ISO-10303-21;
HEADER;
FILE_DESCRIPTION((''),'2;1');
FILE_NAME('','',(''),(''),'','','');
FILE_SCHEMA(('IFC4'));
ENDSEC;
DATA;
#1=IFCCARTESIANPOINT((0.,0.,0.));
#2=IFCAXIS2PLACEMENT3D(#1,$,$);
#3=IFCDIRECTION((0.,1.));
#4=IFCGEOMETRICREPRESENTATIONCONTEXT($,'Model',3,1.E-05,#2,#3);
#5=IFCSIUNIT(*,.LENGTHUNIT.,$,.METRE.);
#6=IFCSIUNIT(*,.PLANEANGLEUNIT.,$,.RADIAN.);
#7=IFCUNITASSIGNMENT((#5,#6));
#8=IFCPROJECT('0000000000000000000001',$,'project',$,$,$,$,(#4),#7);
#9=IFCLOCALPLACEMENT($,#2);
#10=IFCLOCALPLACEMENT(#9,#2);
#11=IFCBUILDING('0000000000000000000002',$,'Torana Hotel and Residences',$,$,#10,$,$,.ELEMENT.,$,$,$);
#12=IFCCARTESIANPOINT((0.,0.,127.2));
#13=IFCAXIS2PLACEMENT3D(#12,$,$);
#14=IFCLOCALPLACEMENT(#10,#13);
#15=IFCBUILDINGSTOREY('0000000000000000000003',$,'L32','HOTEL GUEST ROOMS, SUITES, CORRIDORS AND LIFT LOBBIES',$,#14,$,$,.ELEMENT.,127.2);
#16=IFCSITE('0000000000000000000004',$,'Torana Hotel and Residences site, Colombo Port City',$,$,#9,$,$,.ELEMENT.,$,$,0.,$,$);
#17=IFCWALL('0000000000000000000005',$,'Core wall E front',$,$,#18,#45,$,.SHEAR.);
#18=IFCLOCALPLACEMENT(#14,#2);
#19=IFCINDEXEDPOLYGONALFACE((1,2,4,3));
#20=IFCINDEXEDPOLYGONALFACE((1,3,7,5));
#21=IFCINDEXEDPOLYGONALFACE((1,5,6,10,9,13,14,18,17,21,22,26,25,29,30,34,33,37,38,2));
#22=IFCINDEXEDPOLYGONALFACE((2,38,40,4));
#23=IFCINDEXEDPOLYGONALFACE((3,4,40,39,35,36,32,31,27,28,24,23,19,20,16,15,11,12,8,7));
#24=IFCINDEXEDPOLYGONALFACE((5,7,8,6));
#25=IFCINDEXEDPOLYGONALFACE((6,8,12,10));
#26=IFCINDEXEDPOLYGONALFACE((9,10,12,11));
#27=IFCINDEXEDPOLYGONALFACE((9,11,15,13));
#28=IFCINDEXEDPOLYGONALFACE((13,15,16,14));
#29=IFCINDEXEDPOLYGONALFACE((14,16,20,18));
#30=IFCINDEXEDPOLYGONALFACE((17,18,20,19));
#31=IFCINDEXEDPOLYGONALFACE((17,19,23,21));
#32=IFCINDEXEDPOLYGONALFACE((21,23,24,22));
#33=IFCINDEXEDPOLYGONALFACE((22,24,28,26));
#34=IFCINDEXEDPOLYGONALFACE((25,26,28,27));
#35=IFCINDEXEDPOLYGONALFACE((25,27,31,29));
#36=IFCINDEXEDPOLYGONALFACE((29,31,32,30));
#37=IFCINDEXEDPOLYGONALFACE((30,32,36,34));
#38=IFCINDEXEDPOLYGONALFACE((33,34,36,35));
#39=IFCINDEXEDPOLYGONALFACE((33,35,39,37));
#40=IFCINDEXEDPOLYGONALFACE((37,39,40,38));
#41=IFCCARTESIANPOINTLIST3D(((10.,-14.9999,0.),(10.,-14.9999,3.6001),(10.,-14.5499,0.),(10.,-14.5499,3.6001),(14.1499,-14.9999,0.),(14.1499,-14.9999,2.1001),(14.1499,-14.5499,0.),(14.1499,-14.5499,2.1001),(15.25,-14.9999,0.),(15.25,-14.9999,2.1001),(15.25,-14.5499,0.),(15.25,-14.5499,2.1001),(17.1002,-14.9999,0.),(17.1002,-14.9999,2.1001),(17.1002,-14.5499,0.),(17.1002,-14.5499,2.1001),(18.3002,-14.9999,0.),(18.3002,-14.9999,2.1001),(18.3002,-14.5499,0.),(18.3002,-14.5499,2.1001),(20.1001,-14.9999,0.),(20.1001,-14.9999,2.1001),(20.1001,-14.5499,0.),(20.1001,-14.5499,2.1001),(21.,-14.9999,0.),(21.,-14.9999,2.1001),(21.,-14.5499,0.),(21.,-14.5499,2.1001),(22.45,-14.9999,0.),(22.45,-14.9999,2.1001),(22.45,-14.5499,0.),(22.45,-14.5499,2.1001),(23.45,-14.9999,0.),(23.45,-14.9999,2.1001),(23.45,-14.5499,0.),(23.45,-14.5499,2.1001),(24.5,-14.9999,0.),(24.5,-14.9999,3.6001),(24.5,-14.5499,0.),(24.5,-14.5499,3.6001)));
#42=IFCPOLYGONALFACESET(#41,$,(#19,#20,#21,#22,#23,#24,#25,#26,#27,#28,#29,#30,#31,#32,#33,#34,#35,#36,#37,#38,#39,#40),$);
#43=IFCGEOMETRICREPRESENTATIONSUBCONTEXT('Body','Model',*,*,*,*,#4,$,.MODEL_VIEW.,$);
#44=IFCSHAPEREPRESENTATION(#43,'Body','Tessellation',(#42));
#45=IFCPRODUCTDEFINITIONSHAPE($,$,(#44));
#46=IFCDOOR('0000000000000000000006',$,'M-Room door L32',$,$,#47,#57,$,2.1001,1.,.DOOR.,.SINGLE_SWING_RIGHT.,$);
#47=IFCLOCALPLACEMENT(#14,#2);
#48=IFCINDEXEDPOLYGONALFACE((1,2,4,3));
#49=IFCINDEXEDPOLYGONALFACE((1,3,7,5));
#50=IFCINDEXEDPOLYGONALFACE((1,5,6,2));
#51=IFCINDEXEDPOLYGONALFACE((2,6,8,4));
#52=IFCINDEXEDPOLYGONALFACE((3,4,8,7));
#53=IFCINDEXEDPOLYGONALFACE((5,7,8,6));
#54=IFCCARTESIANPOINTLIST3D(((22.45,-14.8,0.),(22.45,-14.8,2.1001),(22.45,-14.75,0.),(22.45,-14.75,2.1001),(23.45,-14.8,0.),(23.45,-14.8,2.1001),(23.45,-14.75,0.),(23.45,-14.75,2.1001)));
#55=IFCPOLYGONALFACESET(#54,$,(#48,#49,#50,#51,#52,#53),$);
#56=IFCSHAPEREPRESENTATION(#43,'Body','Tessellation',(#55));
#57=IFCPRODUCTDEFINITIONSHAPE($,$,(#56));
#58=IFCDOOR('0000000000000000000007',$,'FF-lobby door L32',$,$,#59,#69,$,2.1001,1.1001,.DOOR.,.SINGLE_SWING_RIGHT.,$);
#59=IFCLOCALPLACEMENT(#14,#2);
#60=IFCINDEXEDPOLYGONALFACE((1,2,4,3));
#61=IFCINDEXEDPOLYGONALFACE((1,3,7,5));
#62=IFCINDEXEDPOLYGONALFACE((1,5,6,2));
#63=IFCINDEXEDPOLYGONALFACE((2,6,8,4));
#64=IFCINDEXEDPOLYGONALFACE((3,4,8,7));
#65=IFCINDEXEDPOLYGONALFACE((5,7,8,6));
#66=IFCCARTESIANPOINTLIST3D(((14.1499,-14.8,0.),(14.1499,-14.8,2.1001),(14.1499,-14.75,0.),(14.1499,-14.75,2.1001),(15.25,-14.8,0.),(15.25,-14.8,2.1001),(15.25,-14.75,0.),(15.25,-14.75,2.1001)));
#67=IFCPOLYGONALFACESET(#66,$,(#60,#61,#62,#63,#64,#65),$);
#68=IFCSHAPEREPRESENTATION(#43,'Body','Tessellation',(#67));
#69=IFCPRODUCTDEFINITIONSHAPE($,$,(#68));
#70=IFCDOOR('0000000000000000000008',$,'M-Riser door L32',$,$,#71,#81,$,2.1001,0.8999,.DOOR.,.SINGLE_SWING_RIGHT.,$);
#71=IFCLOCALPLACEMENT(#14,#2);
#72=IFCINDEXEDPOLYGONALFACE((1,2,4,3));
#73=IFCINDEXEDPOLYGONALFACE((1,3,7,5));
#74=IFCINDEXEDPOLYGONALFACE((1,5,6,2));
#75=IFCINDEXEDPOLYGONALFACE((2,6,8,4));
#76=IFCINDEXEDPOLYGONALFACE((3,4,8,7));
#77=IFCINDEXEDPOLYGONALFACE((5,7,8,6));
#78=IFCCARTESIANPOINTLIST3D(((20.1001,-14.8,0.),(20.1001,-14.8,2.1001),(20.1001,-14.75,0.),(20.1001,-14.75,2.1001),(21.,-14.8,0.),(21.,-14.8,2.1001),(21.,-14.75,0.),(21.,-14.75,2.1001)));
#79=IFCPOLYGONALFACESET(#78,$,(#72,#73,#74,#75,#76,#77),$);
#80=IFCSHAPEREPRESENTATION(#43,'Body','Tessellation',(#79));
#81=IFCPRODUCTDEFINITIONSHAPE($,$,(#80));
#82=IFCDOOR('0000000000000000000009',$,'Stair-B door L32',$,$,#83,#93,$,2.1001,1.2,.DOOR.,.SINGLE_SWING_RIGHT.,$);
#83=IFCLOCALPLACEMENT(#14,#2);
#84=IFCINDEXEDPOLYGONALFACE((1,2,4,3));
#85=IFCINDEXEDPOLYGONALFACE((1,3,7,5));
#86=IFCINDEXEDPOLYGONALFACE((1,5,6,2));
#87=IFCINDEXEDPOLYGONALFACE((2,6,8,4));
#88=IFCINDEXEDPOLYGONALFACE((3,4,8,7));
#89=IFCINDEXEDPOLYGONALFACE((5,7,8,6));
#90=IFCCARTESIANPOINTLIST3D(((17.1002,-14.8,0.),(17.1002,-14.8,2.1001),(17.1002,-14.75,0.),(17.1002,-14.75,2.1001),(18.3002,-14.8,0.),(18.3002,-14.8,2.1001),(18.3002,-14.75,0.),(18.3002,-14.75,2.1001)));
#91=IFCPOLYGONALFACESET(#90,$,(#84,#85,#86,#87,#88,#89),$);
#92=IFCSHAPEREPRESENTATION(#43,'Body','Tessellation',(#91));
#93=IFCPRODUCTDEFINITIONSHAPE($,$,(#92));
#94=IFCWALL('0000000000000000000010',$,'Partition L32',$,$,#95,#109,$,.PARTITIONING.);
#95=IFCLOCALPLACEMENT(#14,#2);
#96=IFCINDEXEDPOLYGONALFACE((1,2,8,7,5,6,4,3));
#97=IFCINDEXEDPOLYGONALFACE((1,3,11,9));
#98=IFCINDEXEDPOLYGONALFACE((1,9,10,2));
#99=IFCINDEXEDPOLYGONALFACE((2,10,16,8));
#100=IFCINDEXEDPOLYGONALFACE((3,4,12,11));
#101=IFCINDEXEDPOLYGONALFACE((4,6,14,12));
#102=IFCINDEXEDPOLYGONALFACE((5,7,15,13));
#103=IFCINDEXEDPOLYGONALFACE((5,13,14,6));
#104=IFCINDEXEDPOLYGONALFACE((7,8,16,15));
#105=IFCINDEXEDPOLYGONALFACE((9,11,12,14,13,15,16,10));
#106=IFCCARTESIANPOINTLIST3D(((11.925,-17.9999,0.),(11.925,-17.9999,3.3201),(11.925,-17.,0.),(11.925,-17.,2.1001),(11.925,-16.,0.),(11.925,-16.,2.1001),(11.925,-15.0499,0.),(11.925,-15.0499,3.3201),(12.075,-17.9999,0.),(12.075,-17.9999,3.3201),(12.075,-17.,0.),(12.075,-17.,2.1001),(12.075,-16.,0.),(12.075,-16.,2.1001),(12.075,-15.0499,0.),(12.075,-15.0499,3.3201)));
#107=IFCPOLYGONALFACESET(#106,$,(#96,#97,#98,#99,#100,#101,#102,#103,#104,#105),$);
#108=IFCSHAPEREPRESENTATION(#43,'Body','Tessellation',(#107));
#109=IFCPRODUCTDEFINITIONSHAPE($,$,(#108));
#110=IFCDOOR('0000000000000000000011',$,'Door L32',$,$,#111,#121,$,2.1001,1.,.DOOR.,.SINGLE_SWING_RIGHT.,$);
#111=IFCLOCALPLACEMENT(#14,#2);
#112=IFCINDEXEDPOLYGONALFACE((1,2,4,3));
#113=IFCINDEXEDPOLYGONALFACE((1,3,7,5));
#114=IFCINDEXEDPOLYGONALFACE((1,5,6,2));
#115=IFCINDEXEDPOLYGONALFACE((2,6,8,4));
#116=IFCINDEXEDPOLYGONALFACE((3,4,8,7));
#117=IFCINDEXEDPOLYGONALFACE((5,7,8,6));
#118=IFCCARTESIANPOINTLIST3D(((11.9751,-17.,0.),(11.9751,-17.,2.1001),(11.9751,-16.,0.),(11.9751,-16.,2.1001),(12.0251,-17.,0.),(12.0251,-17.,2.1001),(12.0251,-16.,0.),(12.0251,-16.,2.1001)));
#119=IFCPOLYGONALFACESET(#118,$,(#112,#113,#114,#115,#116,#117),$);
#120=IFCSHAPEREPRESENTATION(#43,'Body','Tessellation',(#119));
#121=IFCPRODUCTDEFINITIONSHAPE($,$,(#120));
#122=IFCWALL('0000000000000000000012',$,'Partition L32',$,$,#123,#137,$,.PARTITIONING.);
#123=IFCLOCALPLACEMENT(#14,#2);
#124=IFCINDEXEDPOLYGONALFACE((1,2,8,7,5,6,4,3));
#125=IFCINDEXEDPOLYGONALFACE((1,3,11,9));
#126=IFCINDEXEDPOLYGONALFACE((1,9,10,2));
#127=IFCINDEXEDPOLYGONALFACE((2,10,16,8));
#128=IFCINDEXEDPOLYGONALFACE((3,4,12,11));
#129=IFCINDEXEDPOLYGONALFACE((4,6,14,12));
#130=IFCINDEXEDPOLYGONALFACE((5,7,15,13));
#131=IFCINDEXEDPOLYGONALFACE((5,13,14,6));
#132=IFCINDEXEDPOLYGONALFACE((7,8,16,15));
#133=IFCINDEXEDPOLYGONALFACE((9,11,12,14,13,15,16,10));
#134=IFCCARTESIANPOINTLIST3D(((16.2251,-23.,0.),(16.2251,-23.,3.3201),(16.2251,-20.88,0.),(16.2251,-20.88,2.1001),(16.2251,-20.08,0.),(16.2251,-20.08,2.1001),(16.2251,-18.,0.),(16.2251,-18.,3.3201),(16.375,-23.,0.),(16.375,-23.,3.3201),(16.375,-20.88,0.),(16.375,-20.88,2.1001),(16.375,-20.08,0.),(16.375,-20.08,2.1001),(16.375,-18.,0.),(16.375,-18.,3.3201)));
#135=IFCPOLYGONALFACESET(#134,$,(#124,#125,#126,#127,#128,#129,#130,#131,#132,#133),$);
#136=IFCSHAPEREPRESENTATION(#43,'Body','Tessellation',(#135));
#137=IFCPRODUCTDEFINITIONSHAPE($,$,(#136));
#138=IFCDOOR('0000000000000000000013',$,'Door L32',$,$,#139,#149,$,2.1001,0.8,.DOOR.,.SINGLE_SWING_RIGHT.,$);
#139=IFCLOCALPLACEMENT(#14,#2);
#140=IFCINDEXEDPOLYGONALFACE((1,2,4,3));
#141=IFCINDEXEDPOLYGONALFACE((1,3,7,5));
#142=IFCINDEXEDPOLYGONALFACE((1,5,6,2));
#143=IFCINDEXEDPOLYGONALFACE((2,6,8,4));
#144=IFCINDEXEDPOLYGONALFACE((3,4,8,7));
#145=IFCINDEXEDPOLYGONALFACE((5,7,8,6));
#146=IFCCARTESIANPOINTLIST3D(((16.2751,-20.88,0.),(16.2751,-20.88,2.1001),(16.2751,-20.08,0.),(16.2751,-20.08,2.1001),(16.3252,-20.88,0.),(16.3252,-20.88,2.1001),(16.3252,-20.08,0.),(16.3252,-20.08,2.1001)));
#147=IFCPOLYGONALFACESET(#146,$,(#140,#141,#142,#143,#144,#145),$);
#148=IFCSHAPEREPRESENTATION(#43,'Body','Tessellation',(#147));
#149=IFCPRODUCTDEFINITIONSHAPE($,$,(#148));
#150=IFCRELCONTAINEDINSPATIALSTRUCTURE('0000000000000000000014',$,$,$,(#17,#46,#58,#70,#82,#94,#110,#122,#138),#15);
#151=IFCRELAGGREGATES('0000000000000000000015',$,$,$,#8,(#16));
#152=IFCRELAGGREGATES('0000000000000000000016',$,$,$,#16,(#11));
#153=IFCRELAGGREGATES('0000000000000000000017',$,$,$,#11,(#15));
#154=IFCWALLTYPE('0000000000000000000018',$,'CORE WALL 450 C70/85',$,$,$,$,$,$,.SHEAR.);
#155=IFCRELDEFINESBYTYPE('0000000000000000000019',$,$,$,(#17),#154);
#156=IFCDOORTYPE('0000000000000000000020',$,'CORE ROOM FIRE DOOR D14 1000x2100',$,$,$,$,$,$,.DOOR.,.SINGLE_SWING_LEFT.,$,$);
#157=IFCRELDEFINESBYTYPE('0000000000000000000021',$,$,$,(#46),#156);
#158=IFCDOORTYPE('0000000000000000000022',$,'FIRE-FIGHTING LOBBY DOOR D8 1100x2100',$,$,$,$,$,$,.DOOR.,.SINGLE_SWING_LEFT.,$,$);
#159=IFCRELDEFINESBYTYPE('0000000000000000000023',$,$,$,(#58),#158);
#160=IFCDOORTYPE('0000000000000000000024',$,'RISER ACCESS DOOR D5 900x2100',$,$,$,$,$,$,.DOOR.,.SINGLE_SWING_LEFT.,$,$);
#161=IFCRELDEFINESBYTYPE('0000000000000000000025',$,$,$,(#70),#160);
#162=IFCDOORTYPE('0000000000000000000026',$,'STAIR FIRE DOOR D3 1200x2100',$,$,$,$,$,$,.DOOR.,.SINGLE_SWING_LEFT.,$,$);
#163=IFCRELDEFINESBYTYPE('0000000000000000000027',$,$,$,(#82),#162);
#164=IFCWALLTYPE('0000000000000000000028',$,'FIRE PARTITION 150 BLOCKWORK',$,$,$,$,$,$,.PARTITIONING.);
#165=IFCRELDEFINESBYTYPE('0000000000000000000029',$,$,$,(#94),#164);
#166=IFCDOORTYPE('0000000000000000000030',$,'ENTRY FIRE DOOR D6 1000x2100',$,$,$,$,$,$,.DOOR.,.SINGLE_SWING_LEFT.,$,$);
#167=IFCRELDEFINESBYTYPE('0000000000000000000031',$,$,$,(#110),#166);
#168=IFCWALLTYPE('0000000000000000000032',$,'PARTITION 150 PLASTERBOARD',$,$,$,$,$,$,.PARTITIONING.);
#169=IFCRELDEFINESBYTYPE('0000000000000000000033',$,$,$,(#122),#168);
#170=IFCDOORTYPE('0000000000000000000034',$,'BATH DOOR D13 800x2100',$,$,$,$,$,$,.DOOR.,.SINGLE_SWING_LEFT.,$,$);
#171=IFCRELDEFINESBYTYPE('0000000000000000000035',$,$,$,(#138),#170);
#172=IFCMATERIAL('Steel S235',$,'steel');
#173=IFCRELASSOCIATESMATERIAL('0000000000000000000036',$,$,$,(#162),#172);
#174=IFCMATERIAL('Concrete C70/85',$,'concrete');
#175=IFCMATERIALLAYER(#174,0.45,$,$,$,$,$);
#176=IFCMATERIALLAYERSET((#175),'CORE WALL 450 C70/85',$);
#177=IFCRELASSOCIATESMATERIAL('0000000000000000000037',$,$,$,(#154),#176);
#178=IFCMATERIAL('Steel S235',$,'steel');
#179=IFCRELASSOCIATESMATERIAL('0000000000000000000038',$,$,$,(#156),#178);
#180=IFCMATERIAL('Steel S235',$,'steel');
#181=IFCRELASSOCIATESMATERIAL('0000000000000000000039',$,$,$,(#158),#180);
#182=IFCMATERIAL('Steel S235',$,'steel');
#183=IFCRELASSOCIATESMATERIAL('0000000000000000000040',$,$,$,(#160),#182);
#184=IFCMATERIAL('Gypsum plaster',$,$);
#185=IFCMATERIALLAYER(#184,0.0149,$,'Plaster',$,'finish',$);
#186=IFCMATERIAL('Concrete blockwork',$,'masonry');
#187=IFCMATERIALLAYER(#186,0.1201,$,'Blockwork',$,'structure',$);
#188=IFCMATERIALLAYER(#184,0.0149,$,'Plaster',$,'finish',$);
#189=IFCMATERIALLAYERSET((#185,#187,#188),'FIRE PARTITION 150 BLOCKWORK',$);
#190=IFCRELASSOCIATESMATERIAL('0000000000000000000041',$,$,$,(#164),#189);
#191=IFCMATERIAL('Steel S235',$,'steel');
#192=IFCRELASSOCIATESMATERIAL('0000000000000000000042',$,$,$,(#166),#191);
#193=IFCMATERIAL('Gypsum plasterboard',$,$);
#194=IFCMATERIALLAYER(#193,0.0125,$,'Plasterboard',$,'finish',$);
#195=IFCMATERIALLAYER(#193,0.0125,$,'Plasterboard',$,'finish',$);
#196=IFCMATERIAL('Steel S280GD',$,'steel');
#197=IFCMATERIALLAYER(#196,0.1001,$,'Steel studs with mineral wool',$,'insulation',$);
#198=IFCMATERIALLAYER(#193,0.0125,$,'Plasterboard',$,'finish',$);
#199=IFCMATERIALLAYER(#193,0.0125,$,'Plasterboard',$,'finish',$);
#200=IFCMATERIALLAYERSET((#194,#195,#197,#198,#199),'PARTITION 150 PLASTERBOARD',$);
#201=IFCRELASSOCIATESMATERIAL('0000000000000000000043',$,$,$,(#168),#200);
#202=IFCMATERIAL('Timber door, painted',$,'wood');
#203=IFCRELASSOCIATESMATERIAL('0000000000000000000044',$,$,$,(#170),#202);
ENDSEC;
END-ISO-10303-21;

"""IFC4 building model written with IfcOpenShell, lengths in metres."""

from ifc_helpers import new_model, si_unit, direction, frame, frame_2d, origin, place, context, subcontext, project, spatial, rectangle, extrude, material, layer, layer_set, type_object, element, fill, save


model = new_model("IFC4")

# Units and contexts
model_context = context("Model", 3, precision=1e-05, world=origin(), true_north=direction((0.0, 1.0)))
body_context = subcontext(model_context, "Body", "Model", "MODEL_VIEW")
ifc_project = project(units=[si_unit("LENGTHUNIT", "METRE"), si_unit("PLANEANGLEUNIT", "RADIAN")], contexts=[model_context])

# Site, building, storey
site_placement = place(None, origin())
site = spatial("IfcSite", under=ifc_project, at=site_placement, Name="Torana Hotel and Residences site, Colombo Port City", CompositionType="ELEMENT", RefElevation=0.0)
building_placement = place(site_placement, origin())
building = spatial("IfcBuilding", under=site, at=building_placement, Name="Torana Hotel and Residences", CompositionType="ELEMENT")
storey_placement = place(building_placement, frame((0.0, 0.0, 127.2)))
storey = spatial("IfcBuildingStorey", under=building, at=storey_placement, Name="L32", Description="HOTEL GUEST ROOMS, SUITES, CORRIDORS AND LIFT LOBBIES", CompositionType="ELEMENT", Elevation=127.2)

# Shared definitions
ifc_material_1 = material(Name="Steel S235", Category="steel")
door_type_1 = type_object("IfcDoorType", Name="STAIR FIRE DOOR D3 1200x2100", OperationType="SINGLE_SWING_LEFT", PredefinedType="DOOR", material=ifc_material_1)

# Wall, openings, doors
ifc_material_2 = material(Name="Concrete C70/85", Category="concrete")
ifc_layer_1 = layer(ifc_material_2, 0.45)
ifc_layer_set_1 = layer_set([ifc_layer_1], Name="CORE WALL 450 C70/85")
wall_type_1 = type_object("IfcWallType", Name="CORE WALL 450 C70/85", PredefinedType="SHEAR", material=ifc_layer_set_1)
wall_1_placement = place(storey_placement, frame((10.0, -14.7749, 0.0), z_axis=(0.0, 0.0, 1.0), x_axis=(1.0, 0.0, 0.0)))
wall_1 = element("IfcWall", 1, at=wall_1_placement, inside=storey, type_object=wall_type_1, Name="Core wall E front", PredefinedType="SHEAR", context=body_context, shape_type="SweptSolid", body=[
    extrude(rectangle(XDim=14.5, YDim=0.45, at=frame_2d((7.25, 0.0))), origin(), (0.0, 0.0, 1.0), 3.6001),
])
opening_1_placement = place(wall_1_placement, frame((7.1001, 0.0, 0.0)))
opening_1 = element("IfcOpeningElement", 2, at=opening_1_placement, cuts=wall_1, PredefinedType="OPENING", context=body_context, shape_type="SweptSolid", body=[
    extrude(rectangle(XDim=1.2, YDim=2.1001, at=frame_2d((0.6001, 1.05))), frame((0.0, 0.2349, 0.0), z_axis=(0.0, -1.0, 0.0), x_axis=(1.0, 0.0, 0.0)), (0.0, 0.0, 1.0), 0.47),
])
opening_2_placement = place(wall_1_placement, frame((4.1499, 0.0, 0.0)))
opening_2 = element("IfcOpeningElement", 3, at=opening_2_placement, cuts=wall_1, PredefinedType="OPENING", context=body_context, shape_type="SweptSolid", body=[
    extrude(rectangle(XDim=1.1001, YDim=2.1001, at=frame_2d((0.55, 1.05))), frame((0.0, 0.2349, 0.0), z_axis=(0.0, -1.0, 0.0), x_axis=(1.0, 0.0, 0.0)), (0.0, 0.0, 1.0), 0.47),
])
opening_3_placement = place(wall_1_placement, frame((10.1001, 0.0, 0.0)))
opening_3 = element("IfcOpeningElement", 4, at=opening_3_placement, cuts=wall_1, PredefinedType="OPENING", context=body_context, shape_type="SweptSolid", body=[
    extrude(rectangle(XDim=0.8999, YDim=2.1001, at=frame_2d((0.45, 1.05))), frame((0.0, 0.2349, 0.0), z_axis=(0.0, -1.0, 0.0), x_axis=(1.0, 0.0, 0.0)), (0.0, 0.0, 1.0), 0.47),
])
opening_4_placement = place(wall_1_placement, frame((12.45, 0.0, 0.0)))
opening_4 = element("IfcOpeningElement", 5, at=opening_4_placement, cuts=wall_1, PredefinedType="OPENING", context=body_context, shape_type="SweptSolid", body=[
    extrude(rectangle(XDim=1.0, YDim=2.1001, at=frame_2d((0.5, 1.05))), frame((0.0, 0.2349, 0.0), z_axis=(0.0, -1.0, 0.0), x_axis=(1.0, 0.0, 0.0)), (0.0, 0.0, 1.0), 0.47),
])
ifc_material_3 = material(Name="Steel S235", Category="steel")
door_type_2 = type_object("IfcDoorType", Name="CORE ROOM FIRE DOOR D14 1000x2100", OperationType="SINGLE_SWING_LEFT", PredefinedType="DOOR", material=ifc_material_3)
door_1_placement = place(opening_4_placement, origin())
door_1 = element("IfcDoor", 6, at=door_1_placement, inside=storey, type_object=door_type_2, Name="M-Room door L32", OperationType="SINGLE_SWING_RIGHT", OverallHeight=2.1001, OverallWidth=1.0, PredefinedType="DOOR", context=body_context, shape_type="SweptSolid", body=[
    extrude(rectangle(XDim=1.0, YDim=2.1001, at=frame_2d((0.5, 1.05))), frame((0.0, 0.0249, 0.0), z_axis=(0.0, -1.0, 0.0), x_axis=(1.0, 0.0, 0.0)), (0.0, 0.0, 1.0), 0.05),
])
fill(opening_4, door_1)
ifc_material_4 = material(Name="Steel S235", Category="steel")
door_type_3 = type_object("IfcDoorType", Name="FIRE-FIGHTING LOBBY DOOR D8 1100x2100", OperationType="SINGLE_SWING_LEFT", PredefinedType="DOOR", material=ifc_material_4)
door_2_placement = place(opening_2_placement, origin())
door_2 = element("IfcDoor", 7, at=door_2_placement, inside=storey, type_object=door_type_3, Name="FF-lobby door L32", OperationType="SINGLE_SWING_RIGHT", OverallHeight=2.1001, OverallWidth=1.1001, PredefinedType="DOOR", context=body_context, shape_type="SweptSolid", body=[
    extrude(rectangle(XDim=1.1001, YDim=2.1001, at=frame_2d((0.55, 1.05))), frame((0.0, 0.0249, 0.0), z_axis=(0.0, -1.0, 0.0), x_axis=(1.0, 0.0, 0.0)), (0.0, 0.0, 1.0), 0.05),
])
fill(opening_2, door_2)
ifc_material_5 = material(Name="Steel S235", Category="steel")
door_type_4 = type_object("IfcDoorType", Name="RISER ACCESS DOOR D5 900x2100", OperationType="SINGLE_SWING_LEFT", PredefinedType="DOOR", material=ifc_material_5)
door_3_placement = place(opening_3_placement, origin())
door_3 = element("IfcDoor", 8, at=door_3_placement, inside=storey, type_object=door_type_4, Name="M-Riser door L32", OperationType="SINGLE_SWING_RIGHT", OverallHeight=2.1001, OverallWidth=0.8999, PredefinedType="DOOR", context=body_context, shape_type="SweptSolid", body=[
    extrude(rectangle(XDim=0.8999, YDim=2.1001, at=frame_2d((0.45, 1.05))), frame((0.0, 0.0249, 0.0), z_axis=(0.0, -1.0, 0.0), x_axis=(1.0, 0.0, 0.0)), (0.0, 0.0, 1.0), 0.05),
])
fill(opening_3, door_3)
door_4_placement = place(opening_1_placement, origin())
door_4 = element("IfcDoor", 9, at=door_4_placement, inside=storey, type_object=door_type_1, Name="Stair-B door L32", OperationType="SINGLE_SWING_RIGHT", OverallHeight=2.1001, OverallWidth=1.2, PredefinedType="DOOR", context=body_context, shape_type="SweptSolid", body=[
    extrude(rectangle(XDim=1.2, YDim=2.1001, at=frame_2d((0.6001, 1.05))), frame((0.0, 0.0249, 0.0), z_axis=(0.0, -1.0, 0.0), x_axis=(1.0, 0.0, 0.0)), (0.0, 0.0, 1.0), 0.05),
])
fill(opening_1, door_4)

# Walls, openings, doors
ifc_material_6 = material(Name="Gypsum plaster")
ifc_layer_2 = layer(ifc_material_6, 0.0149, Name="Plaster", Category="finish")
ifc_material_7 = material(Name="Concrete blockwork", Category="masonry")
ifc_layer_3 = layer(ifc_material_7, 0.1201, Name="Blockwork", Category="structure")
ifc_layer_4 = layer(ifc_material_6, 0.0149, Name="Plaster", Category="finish")
ifc_layer_set_2 = layer_set([ifc_layer_2, ifc_layer_3, ifc_layer_4], Name="FIRE PARTITION 150 BLOCKWORK")
wall_type_2 = type_object("IfcWallType", Name="FIRE PARTITION 150 BLOCKWORK", PredefinedType="PARTITIONING", material=ifc_layer_set_2)
wall_2_placement = place(storey_placement, frame((12.0, -18.0, 0.0), z_axis=(0.0, 0.0, 1.0), x_axis=(0.0, 1.0, 0.0)))
wall_2 = element("IfcWall", 10, at=wall_2_placement, inside=storey, type_object=wall_type_2, Name="Partition L32", PredefinedType="PARTITIONING", context=body_context, shape_type="SweptSolid", body=[
    extrude(rectangle(XDim=2.95, YDim=0.1499, at=frame_2d((1.4751, 0.0))), origin(), (0.0, 0.0, 1.0), 3.3201),
])
opening_5_placement = place(wall_2_placement, frame((1.0, 0.0, 0.0)))
opening_5 = element("IfcOpeningElement", 11, at=opening_5_placement, cuts=wall_2, PredefinedType="OPENING", context=body_context, shape_type="SweptSolid", body=[
    extrude(rectangle(XDim=1.0, YDim=2.1001, at=frame_2d((0.5, 1.05))), frame((0.0, 0.085, 0.0), z_axis=(0.0, -1.0, 0.0), x_axis=(1.0, 0.0, 0.0)), (0.0, 0.0, 1.0), 0.1699),
])
ifc_material_8 = material(Name="Steel S235", Category="steel")
door_type_5 = type_object("IfcDoorType", Name="ENTRY FIRE DOOR D6 1000x2100", OperationType="SINGLE_SWING_LEFT", PredefinedType="DOOR", material=ifc_material_8)
door_5_placement = place(opening_5_placement, origin())
door_5 = element("IfcDoor", 12, at=door_5_placement, inside=storey, type_object=door_type_5, Name="Door L32", OperationType="SINGLE_SWING_RIGHT", OverallHeight=2.1001, OverallWidth=1.0, PredefinedType="DOOR", context=body_context, shape_type="SweptSolid", body=[
    extrude(rectangle(XDim=1.0, YDim=2.1001, at=frame_2d((0.5, 1.05))), frame((0.0, 0.0249, 0.0), z_axis=(0.0, -1.0, 0.0), x_axis=(1.0, 0.0, 0.0)), (0.0, 0.0, 1.0), 0.05),
])
fill(opening_5, door_5)
ifc_material_9 = material(Name="Gypsum plasterboard")
ifc_layer_5 = layer(ifc_material_9, 0.0125, Name="Plasterboard", Category="finish")
ifc_layer_6 = layer(ifc_material_9, 0.0125, Name="Plasterboard", Category="finish")
ifc_material_10 = material(Name="Steel S280GD", Category="steel")
ifc_layer_7 = layer(ifc_material_10, 0.1001, Name="Steel studs with mineral wool", Category="insulation")
ifc_layer_8 = layer(ifc_material_9, 0.0125, Name="Plasterboard", Category="finish")
ifc_layer_9 = layer(ifc_material_9, 0.0125, Name="Plasterboard", Category="finish")
ifc_layer_set_3 = layer_set([ifc_layer_5, ifc_layer_6, ifc_layer_7, ifc_layer_8, ifc_layer_9], Name="PARTITION 150 PLASTERBOARD")
wall_type_3 = type_object("IfcWallType", Name="PARTITION 150 PLASTERBOARD", PredefinedType="PARTITIONING", material=ifc_layer_set_3)
wall_3_placement = place(storey_placement, frame((16.3, -23.0, 0.0), z_axis=(0.0, 0.0, 1.0), x_axis=(0.0, 1.0, 0.0)))
wall_3 = element("IfcWall", 13, at=wall_3_placement, inside=storey, type_object=wall_type_3, Name="Partition L32", PredefinedType="PARTITIONING", context=body_context, shape_type="SweptSolid", body=[
    extrude(rectangle(XDim=5.0, YDim=0.1499, at=frame_2d((2.5, 0.0))), origin(), (0.0, 0.0, 1.0), 3.3201),
])
opening_6_placement = place(wall_3_placement, frame((2.1201, 0.0, 0.0)))
opening_6 = element("IfcOpeningElement", 14, at=opening_6_placement, cuts=wall_3, PredefinedType="OPENING", context=body_context, shape_type="SweptSolid", body=[
    extrude(rectangle(XDim=0.8, YDim=2.1001, at=frame_2d((0.3999, 1.05))), frame((0.0, 0.085, 0.0), z_axis=(0.0, -1.0, 0.0), x_axis=(1.0, 0.0, 0.0)), (0.0, 0.0, 1.0), 0.1699),
])
ifc_material_11 = material(Name="Timber door, painted", Category="wood")
door_type_6 = type_object("IfcDoorType", Name="BATH DOOR D13 800x2100", OperationType="SINGLE_SWING_LEFT", PredefinedType="DOOR", material=ifc_material_11)
door_6_placement = place(opening_6_placement, origin())
door_6 = element("IfcDoor", 15, at=door_6_placement, inside=storey, type_object=door_type_6, Name="Door L32", OperationType="SINGLE_SWING_RIGHT", OverallHeight=2.1001, OverallWidth=0.8, PredefinedType="DOOR", context=body_context, shape_type="SweptSolid", body=[
    extrude(rectangle(XDim=0.8, YDim=2.1001, at=frame_2d((0.3999, 1.05))), frame((0.0, 0.0249, 0.0), z_axis=(0.0, -1.0, 0.0), x_axis=(1.0, 0.0, 0.0)), (0.0, 0.0, 1.0), 0.05),
])
fill(opening_6, door_6)

save(model, "model.ifc")
